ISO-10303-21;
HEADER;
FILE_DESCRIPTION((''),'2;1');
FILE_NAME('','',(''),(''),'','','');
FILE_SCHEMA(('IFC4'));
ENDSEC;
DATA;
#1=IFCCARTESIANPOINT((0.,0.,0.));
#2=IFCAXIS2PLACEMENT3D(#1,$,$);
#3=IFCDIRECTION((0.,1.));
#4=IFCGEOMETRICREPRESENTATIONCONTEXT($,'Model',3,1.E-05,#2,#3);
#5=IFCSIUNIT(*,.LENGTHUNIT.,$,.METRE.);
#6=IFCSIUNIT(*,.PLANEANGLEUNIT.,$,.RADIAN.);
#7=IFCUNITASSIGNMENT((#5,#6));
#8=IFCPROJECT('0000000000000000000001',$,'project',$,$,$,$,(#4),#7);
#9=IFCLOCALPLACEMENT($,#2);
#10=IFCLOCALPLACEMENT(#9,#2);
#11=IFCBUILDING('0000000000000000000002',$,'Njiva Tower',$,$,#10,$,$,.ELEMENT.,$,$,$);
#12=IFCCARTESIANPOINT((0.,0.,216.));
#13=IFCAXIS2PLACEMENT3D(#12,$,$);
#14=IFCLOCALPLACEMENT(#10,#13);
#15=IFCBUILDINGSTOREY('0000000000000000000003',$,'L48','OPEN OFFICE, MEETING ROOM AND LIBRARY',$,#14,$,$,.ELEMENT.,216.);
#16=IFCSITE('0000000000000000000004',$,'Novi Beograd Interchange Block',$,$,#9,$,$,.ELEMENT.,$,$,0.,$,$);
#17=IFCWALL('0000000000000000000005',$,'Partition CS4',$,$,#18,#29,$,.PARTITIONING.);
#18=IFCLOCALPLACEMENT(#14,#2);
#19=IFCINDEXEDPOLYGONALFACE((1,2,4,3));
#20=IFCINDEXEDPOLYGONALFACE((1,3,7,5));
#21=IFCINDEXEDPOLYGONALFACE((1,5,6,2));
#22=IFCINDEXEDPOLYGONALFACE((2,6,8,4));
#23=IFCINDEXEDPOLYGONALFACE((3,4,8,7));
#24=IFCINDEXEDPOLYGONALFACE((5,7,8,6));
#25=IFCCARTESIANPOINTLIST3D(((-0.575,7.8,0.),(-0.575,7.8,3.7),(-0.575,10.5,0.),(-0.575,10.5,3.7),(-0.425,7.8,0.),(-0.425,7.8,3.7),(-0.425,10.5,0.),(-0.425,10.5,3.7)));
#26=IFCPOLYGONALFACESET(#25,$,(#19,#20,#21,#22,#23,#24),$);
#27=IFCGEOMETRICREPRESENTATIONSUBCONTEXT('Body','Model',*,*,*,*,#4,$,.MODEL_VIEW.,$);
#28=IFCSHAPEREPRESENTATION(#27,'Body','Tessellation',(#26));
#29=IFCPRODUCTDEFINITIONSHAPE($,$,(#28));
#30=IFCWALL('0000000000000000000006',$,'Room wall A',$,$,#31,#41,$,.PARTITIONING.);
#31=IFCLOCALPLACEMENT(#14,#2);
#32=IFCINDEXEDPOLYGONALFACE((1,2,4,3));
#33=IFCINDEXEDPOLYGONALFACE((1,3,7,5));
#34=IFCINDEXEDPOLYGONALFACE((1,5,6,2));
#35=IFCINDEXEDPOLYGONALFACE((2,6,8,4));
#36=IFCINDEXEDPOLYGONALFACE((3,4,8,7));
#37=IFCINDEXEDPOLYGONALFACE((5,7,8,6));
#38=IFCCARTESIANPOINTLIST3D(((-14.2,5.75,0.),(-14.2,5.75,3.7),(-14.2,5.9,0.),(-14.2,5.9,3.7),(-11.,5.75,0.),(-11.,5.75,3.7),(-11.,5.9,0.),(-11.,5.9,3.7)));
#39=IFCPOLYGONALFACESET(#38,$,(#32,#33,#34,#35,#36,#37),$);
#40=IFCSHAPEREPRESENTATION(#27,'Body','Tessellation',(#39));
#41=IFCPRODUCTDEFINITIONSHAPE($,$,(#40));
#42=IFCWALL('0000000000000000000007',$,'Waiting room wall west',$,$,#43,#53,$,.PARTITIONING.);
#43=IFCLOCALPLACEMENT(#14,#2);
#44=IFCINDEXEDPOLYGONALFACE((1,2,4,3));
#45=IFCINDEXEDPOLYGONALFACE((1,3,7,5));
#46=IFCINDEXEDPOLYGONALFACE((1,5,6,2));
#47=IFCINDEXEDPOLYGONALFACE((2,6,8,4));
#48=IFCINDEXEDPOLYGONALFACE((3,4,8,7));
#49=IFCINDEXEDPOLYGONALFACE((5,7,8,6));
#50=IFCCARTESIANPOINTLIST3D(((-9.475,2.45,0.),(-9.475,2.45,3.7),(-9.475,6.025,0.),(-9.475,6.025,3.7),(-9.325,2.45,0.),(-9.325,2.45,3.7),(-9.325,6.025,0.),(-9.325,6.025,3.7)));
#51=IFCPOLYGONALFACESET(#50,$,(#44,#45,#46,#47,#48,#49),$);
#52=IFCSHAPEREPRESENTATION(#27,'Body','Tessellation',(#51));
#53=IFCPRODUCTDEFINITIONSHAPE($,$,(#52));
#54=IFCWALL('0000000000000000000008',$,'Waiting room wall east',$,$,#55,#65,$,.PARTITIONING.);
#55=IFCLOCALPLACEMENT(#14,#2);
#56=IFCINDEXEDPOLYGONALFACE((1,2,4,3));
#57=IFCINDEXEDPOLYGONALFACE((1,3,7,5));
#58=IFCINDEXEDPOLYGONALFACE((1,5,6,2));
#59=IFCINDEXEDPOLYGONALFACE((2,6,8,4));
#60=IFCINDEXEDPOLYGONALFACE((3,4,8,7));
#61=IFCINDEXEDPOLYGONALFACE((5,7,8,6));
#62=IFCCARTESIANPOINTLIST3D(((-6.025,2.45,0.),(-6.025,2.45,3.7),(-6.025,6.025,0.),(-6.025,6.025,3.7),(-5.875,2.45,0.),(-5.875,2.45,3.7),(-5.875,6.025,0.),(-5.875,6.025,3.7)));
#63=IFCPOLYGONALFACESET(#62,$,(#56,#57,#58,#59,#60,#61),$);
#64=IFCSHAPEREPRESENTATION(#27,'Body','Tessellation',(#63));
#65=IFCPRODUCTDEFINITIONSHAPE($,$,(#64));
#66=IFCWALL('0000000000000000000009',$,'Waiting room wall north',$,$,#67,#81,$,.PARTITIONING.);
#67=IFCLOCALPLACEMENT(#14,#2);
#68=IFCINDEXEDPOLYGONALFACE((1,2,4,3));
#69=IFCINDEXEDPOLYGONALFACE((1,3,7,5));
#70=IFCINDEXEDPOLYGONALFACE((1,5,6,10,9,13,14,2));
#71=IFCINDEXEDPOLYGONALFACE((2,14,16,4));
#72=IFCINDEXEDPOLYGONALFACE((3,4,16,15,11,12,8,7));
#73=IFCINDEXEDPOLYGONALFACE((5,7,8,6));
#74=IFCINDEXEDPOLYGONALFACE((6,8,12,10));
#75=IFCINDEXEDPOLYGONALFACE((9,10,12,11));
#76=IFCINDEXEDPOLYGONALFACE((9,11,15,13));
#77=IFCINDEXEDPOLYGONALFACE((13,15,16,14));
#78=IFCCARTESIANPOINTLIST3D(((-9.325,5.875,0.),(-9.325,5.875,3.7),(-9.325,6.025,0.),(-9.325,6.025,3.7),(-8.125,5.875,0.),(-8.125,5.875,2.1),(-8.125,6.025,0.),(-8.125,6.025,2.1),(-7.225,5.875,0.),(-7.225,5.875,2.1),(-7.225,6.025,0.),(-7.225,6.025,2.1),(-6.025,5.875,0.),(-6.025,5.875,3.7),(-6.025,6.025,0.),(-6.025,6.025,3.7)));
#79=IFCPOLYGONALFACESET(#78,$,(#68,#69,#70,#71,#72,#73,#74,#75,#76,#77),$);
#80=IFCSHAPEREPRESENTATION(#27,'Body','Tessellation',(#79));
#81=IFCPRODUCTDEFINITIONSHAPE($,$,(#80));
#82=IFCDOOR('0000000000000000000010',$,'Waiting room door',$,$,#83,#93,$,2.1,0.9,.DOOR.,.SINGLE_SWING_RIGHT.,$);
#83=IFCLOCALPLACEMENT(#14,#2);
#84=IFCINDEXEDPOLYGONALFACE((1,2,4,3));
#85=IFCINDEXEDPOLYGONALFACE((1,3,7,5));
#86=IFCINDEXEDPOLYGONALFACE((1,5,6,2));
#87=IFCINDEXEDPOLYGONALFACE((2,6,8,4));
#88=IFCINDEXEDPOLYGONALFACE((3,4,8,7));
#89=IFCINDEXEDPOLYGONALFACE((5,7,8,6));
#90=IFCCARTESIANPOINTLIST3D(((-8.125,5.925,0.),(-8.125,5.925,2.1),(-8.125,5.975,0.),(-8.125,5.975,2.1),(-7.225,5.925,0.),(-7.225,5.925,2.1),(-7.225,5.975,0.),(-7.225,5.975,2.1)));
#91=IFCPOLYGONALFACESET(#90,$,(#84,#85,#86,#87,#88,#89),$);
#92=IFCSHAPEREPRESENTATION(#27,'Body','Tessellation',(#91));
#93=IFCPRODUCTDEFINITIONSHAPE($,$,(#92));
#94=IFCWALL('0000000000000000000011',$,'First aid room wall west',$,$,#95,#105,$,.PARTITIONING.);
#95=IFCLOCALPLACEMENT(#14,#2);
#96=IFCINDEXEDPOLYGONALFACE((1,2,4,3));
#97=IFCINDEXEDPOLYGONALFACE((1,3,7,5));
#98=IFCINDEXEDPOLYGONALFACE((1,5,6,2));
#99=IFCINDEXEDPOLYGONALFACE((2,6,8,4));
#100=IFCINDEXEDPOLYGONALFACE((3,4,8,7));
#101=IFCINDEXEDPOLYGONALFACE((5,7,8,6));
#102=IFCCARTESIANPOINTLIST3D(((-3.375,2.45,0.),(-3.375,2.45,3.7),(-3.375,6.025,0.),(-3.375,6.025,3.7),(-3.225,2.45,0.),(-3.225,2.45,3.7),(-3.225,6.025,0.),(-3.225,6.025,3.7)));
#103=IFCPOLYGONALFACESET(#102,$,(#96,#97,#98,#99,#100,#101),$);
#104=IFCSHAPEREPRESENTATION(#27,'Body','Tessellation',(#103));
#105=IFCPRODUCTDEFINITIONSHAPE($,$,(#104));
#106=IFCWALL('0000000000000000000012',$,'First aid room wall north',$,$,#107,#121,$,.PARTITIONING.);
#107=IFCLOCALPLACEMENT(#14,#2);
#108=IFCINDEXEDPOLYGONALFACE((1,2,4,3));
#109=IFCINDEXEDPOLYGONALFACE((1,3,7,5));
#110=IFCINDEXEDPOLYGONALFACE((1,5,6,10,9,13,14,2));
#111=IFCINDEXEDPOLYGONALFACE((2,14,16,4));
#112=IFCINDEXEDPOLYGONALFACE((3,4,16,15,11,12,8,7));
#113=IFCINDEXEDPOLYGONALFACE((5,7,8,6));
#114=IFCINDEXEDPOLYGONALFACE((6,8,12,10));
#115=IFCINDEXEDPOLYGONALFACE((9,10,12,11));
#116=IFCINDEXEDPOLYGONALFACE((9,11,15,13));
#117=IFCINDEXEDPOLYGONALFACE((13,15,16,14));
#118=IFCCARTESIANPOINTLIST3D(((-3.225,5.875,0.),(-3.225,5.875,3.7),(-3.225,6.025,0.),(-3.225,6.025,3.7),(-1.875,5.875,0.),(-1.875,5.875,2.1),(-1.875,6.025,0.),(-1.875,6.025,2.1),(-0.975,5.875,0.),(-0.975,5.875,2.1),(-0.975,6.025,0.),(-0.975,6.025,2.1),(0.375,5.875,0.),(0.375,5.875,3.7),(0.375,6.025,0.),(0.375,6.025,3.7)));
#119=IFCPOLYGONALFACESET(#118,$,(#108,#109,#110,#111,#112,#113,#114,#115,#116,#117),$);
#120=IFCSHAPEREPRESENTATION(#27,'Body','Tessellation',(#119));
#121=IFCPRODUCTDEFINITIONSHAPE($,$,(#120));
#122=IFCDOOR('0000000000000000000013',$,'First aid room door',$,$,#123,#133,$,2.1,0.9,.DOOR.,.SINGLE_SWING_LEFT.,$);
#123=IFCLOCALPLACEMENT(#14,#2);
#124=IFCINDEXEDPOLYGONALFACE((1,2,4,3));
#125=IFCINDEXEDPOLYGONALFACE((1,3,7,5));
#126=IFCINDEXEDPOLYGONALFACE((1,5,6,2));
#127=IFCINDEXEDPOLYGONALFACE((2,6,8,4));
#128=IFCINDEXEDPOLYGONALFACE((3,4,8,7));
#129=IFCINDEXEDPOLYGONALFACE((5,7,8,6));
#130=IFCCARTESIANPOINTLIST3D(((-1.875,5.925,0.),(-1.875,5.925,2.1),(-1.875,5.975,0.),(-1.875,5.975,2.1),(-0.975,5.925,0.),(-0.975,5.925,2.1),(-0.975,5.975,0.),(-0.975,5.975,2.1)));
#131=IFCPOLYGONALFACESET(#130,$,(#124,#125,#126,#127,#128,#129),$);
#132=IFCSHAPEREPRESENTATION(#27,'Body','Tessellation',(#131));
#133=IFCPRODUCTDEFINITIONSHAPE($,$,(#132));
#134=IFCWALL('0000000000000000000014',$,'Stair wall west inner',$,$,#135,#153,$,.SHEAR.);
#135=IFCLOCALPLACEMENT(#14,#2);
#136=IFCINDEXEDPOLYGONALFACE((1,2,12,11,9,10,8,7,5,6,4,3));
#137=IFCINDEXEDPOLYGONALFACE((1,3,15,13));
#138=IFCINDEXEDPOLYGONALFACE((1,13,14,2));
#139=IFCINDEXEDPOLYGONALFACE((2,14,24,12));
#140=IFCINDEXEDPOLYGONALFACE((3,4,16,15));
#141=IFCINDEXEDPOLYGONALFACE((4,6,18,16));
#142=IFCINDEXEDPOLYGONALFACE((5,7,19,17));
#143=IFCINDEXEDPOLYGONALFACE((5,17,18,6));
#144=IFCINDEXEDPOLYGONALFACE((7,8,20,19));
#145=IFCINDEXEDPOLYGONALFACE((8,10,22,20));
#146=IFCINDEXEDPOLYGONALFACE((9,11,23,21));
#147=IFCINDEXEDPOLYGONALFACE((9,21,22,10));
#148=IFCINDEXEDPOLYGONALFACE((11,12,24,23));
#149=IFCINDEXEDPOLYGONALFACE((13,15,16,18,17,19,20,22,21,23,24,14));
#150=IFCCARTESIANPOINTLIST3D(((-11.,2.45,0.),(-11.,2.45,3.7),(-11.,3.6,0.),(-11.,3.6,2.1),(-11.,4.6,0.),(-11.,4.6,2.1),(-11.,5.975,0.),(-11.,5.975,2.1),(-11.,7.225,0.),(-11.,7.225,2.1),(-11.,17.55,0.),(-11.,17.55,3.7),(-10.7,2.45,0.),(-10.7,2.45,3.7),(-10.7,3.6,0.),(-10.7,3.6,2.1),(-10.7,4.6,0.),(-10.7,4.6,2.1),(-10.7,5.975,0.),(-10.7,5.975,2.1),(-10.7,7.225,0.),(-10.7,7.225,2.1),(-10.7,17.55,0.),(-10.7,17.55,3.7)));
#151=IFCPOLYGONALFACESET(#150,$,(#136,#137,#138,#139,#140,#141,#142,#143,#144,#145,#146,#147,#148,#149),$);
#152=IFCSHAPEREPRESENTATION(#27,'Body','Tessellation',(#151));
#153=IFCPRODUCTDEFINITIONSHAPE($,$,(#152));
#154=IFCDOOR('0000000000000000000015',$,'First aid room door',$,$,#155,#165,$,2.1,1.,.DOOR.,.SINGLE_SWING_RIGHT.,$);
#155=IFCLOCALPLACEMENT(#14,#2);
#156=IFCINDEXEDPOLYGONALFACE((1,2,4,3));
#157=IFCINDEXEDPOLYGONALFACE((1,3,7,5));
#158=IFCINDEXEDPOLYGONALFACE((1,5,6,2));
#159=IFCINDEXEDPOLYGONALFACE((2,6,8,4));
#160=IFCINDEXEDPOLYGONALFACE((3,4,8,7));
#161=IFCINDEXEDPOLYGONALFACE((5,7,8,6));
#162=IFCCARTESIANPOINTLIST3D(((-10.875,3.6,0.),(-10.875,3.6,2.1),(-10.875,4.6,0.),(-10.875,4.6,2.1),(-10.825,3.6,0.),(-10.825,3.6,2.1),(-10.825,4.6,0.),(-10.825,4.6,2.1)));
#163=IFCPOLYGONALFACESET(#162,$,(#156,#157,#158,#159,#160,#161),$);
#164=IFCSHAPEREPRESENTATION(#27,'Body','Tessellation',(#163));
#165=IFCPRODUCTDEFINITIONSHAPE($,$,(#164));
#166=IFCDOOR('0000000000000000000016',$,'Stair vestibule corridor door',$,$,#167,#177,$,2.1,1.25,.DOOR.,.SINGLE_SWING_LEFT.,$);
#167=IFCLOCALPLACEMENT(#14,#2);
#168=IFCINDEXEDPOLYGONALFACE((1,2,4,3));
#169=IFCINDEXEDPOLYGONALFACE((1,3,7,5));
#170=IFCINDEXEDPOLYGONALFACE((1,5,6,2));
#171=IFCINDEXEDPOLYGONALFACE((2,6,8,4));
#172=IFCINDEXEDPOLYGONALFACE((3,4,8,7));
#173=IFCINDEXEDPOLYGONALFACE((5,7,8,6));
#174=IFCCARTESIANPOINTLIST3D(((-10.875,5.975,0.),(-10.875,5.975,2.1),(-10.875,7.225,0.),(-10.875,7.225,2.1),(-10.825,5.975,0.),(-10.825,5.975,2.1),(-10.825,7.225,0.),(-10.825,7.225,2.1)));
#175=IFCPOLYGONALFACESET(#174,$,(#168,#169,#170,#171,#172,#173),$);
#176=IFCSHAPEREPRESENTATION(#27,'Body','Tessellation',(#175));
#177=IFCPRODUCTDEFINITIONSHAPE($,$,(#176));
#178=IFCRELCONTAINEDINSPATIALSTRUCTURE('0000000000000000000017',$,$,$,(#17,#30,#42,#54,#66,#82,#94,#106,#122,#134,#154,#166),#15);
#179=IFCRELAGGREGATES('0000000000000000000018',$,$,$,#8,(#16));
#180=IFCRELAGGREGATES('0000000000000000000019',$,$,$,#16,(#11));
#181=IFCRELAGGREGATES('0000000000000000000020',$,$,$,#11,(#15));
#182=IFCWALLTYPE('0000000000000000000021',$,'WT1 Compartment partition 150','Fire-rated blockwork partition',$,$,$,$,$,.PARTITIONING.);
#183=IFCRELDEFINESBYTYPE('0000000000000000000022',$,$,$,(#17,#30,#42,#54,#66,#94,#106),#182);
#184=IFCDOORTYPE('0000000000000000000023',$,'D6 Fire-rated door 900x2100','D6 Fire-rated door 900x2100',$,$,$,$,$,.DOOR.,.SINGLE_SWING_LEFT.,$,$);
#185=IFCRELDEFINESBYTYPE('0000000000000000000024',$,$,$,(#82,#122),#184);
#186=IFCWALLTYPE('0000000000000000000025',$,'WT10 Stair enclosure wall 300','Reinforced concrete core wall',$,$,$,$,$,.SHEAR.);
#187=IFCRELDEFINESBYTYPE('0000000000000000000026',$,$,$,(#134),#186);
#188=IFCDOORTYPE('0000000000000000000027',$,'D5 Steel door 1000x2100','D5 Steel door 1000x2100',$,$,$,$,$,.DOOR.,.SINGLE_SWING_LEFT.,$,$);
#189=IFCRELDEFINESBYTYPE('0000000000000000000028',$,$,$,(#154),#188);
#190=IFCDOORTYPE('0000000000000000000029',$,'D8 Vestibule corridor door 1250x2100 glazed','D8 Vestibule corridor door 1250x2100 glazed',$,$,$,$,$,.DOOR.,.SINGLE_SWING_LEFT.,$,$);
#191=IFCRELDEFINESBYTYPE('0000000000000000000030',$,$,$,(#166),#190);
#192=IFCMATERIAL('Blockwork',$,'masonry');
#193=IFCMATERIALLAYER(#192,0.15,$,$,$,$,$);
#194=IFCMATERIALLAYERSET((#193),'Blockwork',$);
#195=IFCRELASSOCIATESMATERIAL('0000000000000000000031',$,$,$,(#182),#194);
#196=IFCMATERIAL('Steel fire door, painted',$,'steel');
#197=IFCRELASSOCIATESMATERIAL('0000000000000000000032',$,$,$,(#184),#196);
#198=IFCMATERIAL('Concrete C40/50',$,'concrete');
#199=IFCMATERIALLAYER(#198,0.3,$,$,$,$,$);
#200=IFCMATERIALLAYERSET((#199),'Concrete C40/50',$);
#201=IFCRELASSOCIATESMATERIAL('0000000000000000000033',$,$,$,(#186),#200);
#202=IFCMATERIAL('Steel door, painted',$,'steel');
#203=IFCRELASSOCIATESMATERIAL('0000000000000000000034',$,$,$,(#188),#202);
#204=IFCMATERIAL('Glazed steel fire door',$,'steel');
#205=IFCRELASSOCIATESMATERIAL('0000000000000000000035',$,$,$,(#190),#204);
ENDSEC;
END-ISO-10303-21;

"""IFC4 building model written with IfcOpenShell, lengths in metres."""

from ifc_helpers import new_model, si_unit, direction, frame, frame_2d, origin, place, context, subcontext, project, spatial, rectangle, extrude, material, layer, layer_set, type_object, element, fill, save


model = new_model("IFC4")

# Units and contexts
model_context = context("Model", 3, precision=1e-05, world=origin(), true_north=direction((0.0, 1.0)))
body_context = subcontext(model_context, "Body", "Model", "MODEL_VIEW")
ifc_project = project(units=[si_unit("LENGTHUNIT", "METRE"), si_unit("PLANEANGLEUNIT", "RADIAN")], contexts=[model_context])

# Site, building, storey
site_placement = place(None, origin())
site = spatial("IfcSite", under=ifc_project, at=site_placement, Name="Novi Beograd Interchange Block", CompositionType="ELEMENT", RefElevation=0.0)
building_placement = place(site_placement, origin())
building = spatial("IfcBuilding", under=site, at=building_placement, Name="Njiva Tower", CompositionType="ELEMENT")
storey_placement = place(building_placement, frame((0.0, 0.0, 216.0)))
storey = spatial("IfcBuildingStorey", under=building, at=storey_placement, Name="L48", Description="OPEN OFFICE, MEETING ROOM AND LIBRARY", CompositionType="ELEMENT", Elevation=216.0)

# Walls
ifc_material_1 = material(Name="Blockwork", Category="masonry")
ifc_layer_1 = layer(ifc_material_1, 0.15)
ifc_layer_set_1 = layer_set([ifc_layer_1], Name="Blockwork")
wall_type_1 = type_object("IfcWallType", Name="WT1 Compartment partition 150", Description="Fire-rated blockwork partition", PredefinedType="PARTITIONING", material=ifc_layer_set_1)
wall_1_placement = place(storey_placement, frame((-0.5, 7.8, 0.0), z_axis=(0.0, 0.0, 1.0), x_axis=(0.0, 1.0, 0.0)))
element("IfcWall", 1, at=wall_1_placement, inside=storey, type_object=wall_type_1, Name="Partition CS4", PredefinedType="PARTITIONING", context=body_context, shape_type="SweptSolid", body=[
    extrude(rectangle(XDim=2.7, YDim=0.15, at=frame_2d((1.35, 0.0))), origin(), (0.0, 0.0, 1.0), 3.7),
])
wall_2_placement = place(storey_placement, frame((-14.2, 5.825, 0.0), z_axis=(0.0, 0.0, 1.0), x_axis=(1.0, 0.0, 0.0)))
element("IfcWall", 2, at=wall_2_placement, inside=storey, type_object=wall_type_1, Name="Room wall A", PredefinedType="PARTITIONING", context=body_context, shape_type="SweptSolid", body=[
    extrude(rectangle(XDim=3.2, YDim=0.15, at=frame_2d((1.6, 0.0))), origin(), (0.0, 0.0, 1.0), 3.7),
])
for number, where, z_axis, x_axis, name in (
    (3, (-9.4, 2.45, 0.0), (0.0, 0.0, 1.0), (0.0, 1.0, 0.0), "Waiting room wall west"),
    (4, (-5.95, 2.45, 0.0), (0.0, 0.0, 1.0), (0.0, 1.0, 0.0), "Waiting room wall east"),
):
    element("IfcWall", number, at=place(storey_placement, frame(where, z_axis=z_axis, x_axis=x_axis)), inside=storey, type_object=wall_type_1, Name=name, PredefinedType="PARTITIONING", context=body_context, shape_type="SweptSolid", body=[
        extrude(rectangle(XDim=3.575, YDim=0.15, at=frame_2d((1.7875, 0.0))), origin(), (0.0, 0.0, 1.0), 3.7),
    ])

# Wall, opening, door
wall_3_placement = place(storey_placement, frame((-9.325, 5.95, 0.0), z_axis=(0.0, 0.0, 1.0), x_axis=(1.0, 0.0, 0.0)))
wall_3 = element("IfcWall", 5, at=wall_3_placement, inside=storey, type_object=wall_type_1, Name="Waiting room wall north", PredefinedType="PARTITIONING", context=body_context, shape_type="SweptSolid", body=[
    extrude(rectangle(XDim=3.3, YDim=0.15, at=frame_2d((1.65, 0.0))), origin(), (0.0, 0.0, 1.0), 3.7),
])
opening_1_placement = place(wall_3_placement, frame((1.2, 0.0, 0.0)))
opening_1 = element("IfcOpeningElement", 6, at=opening_1_placement, cuts=wall_3, PredefinedType="OPENING", context=body_context, shape_type="SweptSolid", body=[
    extrude(rectangle(XDim=0.9, YDim=2.1, at=frame_2d((0.45, 1.05))), frame((0.0, 0.085, 0.0), z_axis=(0.0, -1.0, 0.0), x_axis=(1.0, 0.0, 0.0)), (0.0, 0.0, 1.0), 0.17),
])
ifc_material_2 = material(Name="Steel fire door, painted", Category="steel")
door_type_1 = type_object("IfcDoorType", Name="D6 Fire-rated door 900x2100", Description="D6 Fire-rated door 900x2100", OperationType="SINGLE_SWING_LEFT", PredefinedType="DOOR", material=ifc_material_2)
door_1_placement = place(opening_1_placement, origin())
door_1 = element("IfcDoor", 7, at=door_1_placement, inside=storey, type_object=door_type_1, Name="Waiting room door", OperationType="SINGLE_SWING_RIGHT", OverallHeight=2.1, OverallWidth=0.9, PredefinedType="DOOR", context=body_context, shape_type="SweptSolid", body=[
    extrude(rectangle(XDim=0.9, YDim=2.1, at=frame_2d((0.45, 1.05))), frame((0.0, 0.025, 0.0), z_axis=(0.0, -1.0, 0.0), x_axis=(1.0, 0.0, 0.0)), (0.0, 0.0, 1.0), 0.05),
])
fill(opening_1, door_1)

# Wall
wall_4_placement = place(storey_placement, frame((-3.3, 2.45, 0.0), z_axis=(0.0, 0.0, 1.0), x_axis=(0.0, 1.0, 0.0)))
element("IfcWall", 8, at=wall_4_placement, inside=storey, type_object=wall_type_1, Name="First aid room wall west", PredefinedType="PARTITIONING", context=body_context, shape_type="SweptSolid", body=[
    extrude(rectangle(XDim=3.575, YDim=0.15, at=frame_2d((1.7875, 0.0))), origin(), (0.0, 0.0, 1.0), 3.7),
])

# Wall, opening, door
wall_5_placement = place(storey_placement, frame((-3.225, 5.95, 0.0), z_axis=(0.0, 0.0, 1.0), x_axis=(1.0, 0.0, 0.0)))
wall_5 = element("IfcWall", 9, at=wall_5_placement, inside=storey, type_object=wall_type_1, Name="First aid room wall north", PredefinedType="PARTITIONING", context=body_context, shape_type="SweptSolid", body=[
    extrude(rectangle(XDim=3.6, YDim=0.15, at=frame_2d((1.8, 0.0))), origin(), (0.0, 0.0, 1.0), 3.7),
])
opening_2_placement = place(wall_5_placement, frame((1.35, 0.0, 0.0)))
opening_2 = element("IfcOpeningElement", 10, at=opening_2_placement, cuts=wall_5, PredefinedType="OPENING", context=body_context, shape_type="SweptSolid", body=[
    extrude(rectangle(XDim=0.9, YDim=2.1, at=frame_2d((0.45, 1.05))), frame((0.0, 0.085, 0.0), z_axis=(0.0, -1.0, 0.0), x_axis=(1.0, 0.0, 0.0)), (0.0, 0.0, 1.0), 0.17),
])
door_2_placement = place(opening_2_placement, origin())
door_2 = element("IfcDoor", 11, at=door_2_placement, inside=storey, type_object=door_type_1, Name="First aid room door", OperationType="SINGLE_SWING_LEFT", OverallHeight=2.1, OverallWidth=0.9, PredefinedType="DOOR", context=body_context, shape_type="SweptSolid", body=[
    extrude(rectangle(XDim=0.9, YDim=2.1, at=frame_2d((0.45, 1.05))), frame((0.0, 0.025, 0.0), z_axis=(0.0, -1.0, 0.0), x_axis=(1.0, 0.0, 0.0)), (0.0, 0.0, 1.0), 0.05),
])
fill(opening_2, door_2)

# Wall, openings, doors
ifc_material_3 = material(Name="Concrete C40/50", Category="concrete")
ifc_layer_2 = layer(ifc_material_3, 0.3)
ifc_layer_set_2 = layer_set([ifc_layer_2], Name="Concrete C40/50")
wall_type_2 = type_object("IfcWallType", Name="WT10 Stair enclosure wall 300", Description="Reinforced concrete core wall", PredefinedType="SHEAR", material=ifc_layer_set_2)
wall_6_placement = place(storey_placement, frame((-10.85, 2.45, 0.0), z_axis=(0.0, 0.0, 1.0), x_axis=(0.0, 1.0, 0.0)))
wall_6 = element("IfcWall", 12, at=wall_6_placement, inside=storey, type_object=wall_type_2, Name="Stair wall west inner", PredefinedType="SHEAR", context=body_context, shape_type="SweptSolid", body=[
    extrude(rectangle(XDim=15.1, YDim=0.3, at=frame_2d((7.55, 0.0))), origin(), (0.0, 0.0, 1.0), 3.7),
])
opening_3_placement = place(wall_6_placement, frame((3.525, 0.0, 0.0)))
opening_3 = element("IfcOpeningElement", 13, at=opening_3_placement, cuts=wall_6, PredefinedType="OPENING", context=body_context, shape_type="SweptSolid", body=[
    extrude(rectangle(XDim=1.25, YDim=2.1, at=frame_2d((0.625, 1.05))), frame((0.0, 0.16, 0.0), z_axis=(0.0, -1.0, 0.0), x_axis=(1.0, 0.0, 0.0)), (0.0, 0.0, 1.0), 0.32),
])
opening_4_placement = place(wall_6_placement, frame((1.15, 0.0, 0.0)))
opening_4 = element("IfcOpeningElement", 14, at=opening_4_placement, cuts=wall_6, PredefinedType="OPENING", context=body_context, shape_type="SweptSolid", body=[
    extrude(rectangle(XDim=1.0, YDim=2.1, at=frame_2d((0.5, 1.05))), frame((0.0, 0.16, 0.0), z_axis=(0.0, -1.0, 0.0), x_axis=(1.0, 0.0, 0.0)), (0.0, 0.0, 1.0), 0.32),
])
ifc_material_4 = material(Name="Steel door, painted", Category="steel")
door_type_2 = type_object("IfcDoorType", Name="D5 Steel door 1000x2100", Description="D5 Steel door 1000x2100", OperationType="SINGLE_SWING_LEFT", PredefinedType="DOOR", material=ifc_material_4)
door_3_placement = place(opening_4_placement, origin())
door_3 = element("IfcDoor", 15, at=door_3_placement, inside=storey, type_object=door_type_2, Name="First aid room door", OperationType="SINGLE_SWING_RIGHT", OverallHeight=2.1, OverallWidth=1.0, PredefinedType="DOOR", context=body_context, shape_type="SweptSolid", body=[
    extrude(rectangle(XDim=1.0, YDim=2.1, at=frame_2d((0.5, 1.05))), frame((0.0, 0.025, 0.0), z_axis=(0.0, -1.0, 0.0), x_axis=(1.0, 0.0, 0.0)), (0.0, 0.0, 1.0), 0.05),
])
fill(opening_4, door_3)
ifc_material_5 = material(Name="Glazed steel fire door", Category="steel")
door_type_3 = type_object("IfcDoorType", Name="D8 Vestibule corridor door 1250x2100 glazed", Description="D8 Vestibule corridor door 1250x2100 glazed", OperationType="SINGLE_SWING_LEFT", PredefinedType="DOOR", material=ifc_material_5)
door_4_placement = place(opening_3_placement, origin())
door_4 = element("IfcDoor", 16, at=door_4_placement, inside=storey, type_object=door_type_3, Name="Stair vestibule corridor door", OperationType="SINGLE_SWING_LEFT", OverallHeight=2.1, OverallWidth=1.25, PredefinedType="DOOR", context=body_context, shape_type="SweptSolid", body=[
    extrude(rectangle(XDim=1.25, YDim=2.1, at=frame_2d((0.625, 1.05))), frame((0.0, 0.025, 0.0), z_axis=(0.0, -1.0, 0.0), x_axis=(1.0, 0.0, 0.0)), (0.0, 0.0, 1.0), 0.05),
])
fill(opening_3, door_4)

save(model, "model.ifc")
